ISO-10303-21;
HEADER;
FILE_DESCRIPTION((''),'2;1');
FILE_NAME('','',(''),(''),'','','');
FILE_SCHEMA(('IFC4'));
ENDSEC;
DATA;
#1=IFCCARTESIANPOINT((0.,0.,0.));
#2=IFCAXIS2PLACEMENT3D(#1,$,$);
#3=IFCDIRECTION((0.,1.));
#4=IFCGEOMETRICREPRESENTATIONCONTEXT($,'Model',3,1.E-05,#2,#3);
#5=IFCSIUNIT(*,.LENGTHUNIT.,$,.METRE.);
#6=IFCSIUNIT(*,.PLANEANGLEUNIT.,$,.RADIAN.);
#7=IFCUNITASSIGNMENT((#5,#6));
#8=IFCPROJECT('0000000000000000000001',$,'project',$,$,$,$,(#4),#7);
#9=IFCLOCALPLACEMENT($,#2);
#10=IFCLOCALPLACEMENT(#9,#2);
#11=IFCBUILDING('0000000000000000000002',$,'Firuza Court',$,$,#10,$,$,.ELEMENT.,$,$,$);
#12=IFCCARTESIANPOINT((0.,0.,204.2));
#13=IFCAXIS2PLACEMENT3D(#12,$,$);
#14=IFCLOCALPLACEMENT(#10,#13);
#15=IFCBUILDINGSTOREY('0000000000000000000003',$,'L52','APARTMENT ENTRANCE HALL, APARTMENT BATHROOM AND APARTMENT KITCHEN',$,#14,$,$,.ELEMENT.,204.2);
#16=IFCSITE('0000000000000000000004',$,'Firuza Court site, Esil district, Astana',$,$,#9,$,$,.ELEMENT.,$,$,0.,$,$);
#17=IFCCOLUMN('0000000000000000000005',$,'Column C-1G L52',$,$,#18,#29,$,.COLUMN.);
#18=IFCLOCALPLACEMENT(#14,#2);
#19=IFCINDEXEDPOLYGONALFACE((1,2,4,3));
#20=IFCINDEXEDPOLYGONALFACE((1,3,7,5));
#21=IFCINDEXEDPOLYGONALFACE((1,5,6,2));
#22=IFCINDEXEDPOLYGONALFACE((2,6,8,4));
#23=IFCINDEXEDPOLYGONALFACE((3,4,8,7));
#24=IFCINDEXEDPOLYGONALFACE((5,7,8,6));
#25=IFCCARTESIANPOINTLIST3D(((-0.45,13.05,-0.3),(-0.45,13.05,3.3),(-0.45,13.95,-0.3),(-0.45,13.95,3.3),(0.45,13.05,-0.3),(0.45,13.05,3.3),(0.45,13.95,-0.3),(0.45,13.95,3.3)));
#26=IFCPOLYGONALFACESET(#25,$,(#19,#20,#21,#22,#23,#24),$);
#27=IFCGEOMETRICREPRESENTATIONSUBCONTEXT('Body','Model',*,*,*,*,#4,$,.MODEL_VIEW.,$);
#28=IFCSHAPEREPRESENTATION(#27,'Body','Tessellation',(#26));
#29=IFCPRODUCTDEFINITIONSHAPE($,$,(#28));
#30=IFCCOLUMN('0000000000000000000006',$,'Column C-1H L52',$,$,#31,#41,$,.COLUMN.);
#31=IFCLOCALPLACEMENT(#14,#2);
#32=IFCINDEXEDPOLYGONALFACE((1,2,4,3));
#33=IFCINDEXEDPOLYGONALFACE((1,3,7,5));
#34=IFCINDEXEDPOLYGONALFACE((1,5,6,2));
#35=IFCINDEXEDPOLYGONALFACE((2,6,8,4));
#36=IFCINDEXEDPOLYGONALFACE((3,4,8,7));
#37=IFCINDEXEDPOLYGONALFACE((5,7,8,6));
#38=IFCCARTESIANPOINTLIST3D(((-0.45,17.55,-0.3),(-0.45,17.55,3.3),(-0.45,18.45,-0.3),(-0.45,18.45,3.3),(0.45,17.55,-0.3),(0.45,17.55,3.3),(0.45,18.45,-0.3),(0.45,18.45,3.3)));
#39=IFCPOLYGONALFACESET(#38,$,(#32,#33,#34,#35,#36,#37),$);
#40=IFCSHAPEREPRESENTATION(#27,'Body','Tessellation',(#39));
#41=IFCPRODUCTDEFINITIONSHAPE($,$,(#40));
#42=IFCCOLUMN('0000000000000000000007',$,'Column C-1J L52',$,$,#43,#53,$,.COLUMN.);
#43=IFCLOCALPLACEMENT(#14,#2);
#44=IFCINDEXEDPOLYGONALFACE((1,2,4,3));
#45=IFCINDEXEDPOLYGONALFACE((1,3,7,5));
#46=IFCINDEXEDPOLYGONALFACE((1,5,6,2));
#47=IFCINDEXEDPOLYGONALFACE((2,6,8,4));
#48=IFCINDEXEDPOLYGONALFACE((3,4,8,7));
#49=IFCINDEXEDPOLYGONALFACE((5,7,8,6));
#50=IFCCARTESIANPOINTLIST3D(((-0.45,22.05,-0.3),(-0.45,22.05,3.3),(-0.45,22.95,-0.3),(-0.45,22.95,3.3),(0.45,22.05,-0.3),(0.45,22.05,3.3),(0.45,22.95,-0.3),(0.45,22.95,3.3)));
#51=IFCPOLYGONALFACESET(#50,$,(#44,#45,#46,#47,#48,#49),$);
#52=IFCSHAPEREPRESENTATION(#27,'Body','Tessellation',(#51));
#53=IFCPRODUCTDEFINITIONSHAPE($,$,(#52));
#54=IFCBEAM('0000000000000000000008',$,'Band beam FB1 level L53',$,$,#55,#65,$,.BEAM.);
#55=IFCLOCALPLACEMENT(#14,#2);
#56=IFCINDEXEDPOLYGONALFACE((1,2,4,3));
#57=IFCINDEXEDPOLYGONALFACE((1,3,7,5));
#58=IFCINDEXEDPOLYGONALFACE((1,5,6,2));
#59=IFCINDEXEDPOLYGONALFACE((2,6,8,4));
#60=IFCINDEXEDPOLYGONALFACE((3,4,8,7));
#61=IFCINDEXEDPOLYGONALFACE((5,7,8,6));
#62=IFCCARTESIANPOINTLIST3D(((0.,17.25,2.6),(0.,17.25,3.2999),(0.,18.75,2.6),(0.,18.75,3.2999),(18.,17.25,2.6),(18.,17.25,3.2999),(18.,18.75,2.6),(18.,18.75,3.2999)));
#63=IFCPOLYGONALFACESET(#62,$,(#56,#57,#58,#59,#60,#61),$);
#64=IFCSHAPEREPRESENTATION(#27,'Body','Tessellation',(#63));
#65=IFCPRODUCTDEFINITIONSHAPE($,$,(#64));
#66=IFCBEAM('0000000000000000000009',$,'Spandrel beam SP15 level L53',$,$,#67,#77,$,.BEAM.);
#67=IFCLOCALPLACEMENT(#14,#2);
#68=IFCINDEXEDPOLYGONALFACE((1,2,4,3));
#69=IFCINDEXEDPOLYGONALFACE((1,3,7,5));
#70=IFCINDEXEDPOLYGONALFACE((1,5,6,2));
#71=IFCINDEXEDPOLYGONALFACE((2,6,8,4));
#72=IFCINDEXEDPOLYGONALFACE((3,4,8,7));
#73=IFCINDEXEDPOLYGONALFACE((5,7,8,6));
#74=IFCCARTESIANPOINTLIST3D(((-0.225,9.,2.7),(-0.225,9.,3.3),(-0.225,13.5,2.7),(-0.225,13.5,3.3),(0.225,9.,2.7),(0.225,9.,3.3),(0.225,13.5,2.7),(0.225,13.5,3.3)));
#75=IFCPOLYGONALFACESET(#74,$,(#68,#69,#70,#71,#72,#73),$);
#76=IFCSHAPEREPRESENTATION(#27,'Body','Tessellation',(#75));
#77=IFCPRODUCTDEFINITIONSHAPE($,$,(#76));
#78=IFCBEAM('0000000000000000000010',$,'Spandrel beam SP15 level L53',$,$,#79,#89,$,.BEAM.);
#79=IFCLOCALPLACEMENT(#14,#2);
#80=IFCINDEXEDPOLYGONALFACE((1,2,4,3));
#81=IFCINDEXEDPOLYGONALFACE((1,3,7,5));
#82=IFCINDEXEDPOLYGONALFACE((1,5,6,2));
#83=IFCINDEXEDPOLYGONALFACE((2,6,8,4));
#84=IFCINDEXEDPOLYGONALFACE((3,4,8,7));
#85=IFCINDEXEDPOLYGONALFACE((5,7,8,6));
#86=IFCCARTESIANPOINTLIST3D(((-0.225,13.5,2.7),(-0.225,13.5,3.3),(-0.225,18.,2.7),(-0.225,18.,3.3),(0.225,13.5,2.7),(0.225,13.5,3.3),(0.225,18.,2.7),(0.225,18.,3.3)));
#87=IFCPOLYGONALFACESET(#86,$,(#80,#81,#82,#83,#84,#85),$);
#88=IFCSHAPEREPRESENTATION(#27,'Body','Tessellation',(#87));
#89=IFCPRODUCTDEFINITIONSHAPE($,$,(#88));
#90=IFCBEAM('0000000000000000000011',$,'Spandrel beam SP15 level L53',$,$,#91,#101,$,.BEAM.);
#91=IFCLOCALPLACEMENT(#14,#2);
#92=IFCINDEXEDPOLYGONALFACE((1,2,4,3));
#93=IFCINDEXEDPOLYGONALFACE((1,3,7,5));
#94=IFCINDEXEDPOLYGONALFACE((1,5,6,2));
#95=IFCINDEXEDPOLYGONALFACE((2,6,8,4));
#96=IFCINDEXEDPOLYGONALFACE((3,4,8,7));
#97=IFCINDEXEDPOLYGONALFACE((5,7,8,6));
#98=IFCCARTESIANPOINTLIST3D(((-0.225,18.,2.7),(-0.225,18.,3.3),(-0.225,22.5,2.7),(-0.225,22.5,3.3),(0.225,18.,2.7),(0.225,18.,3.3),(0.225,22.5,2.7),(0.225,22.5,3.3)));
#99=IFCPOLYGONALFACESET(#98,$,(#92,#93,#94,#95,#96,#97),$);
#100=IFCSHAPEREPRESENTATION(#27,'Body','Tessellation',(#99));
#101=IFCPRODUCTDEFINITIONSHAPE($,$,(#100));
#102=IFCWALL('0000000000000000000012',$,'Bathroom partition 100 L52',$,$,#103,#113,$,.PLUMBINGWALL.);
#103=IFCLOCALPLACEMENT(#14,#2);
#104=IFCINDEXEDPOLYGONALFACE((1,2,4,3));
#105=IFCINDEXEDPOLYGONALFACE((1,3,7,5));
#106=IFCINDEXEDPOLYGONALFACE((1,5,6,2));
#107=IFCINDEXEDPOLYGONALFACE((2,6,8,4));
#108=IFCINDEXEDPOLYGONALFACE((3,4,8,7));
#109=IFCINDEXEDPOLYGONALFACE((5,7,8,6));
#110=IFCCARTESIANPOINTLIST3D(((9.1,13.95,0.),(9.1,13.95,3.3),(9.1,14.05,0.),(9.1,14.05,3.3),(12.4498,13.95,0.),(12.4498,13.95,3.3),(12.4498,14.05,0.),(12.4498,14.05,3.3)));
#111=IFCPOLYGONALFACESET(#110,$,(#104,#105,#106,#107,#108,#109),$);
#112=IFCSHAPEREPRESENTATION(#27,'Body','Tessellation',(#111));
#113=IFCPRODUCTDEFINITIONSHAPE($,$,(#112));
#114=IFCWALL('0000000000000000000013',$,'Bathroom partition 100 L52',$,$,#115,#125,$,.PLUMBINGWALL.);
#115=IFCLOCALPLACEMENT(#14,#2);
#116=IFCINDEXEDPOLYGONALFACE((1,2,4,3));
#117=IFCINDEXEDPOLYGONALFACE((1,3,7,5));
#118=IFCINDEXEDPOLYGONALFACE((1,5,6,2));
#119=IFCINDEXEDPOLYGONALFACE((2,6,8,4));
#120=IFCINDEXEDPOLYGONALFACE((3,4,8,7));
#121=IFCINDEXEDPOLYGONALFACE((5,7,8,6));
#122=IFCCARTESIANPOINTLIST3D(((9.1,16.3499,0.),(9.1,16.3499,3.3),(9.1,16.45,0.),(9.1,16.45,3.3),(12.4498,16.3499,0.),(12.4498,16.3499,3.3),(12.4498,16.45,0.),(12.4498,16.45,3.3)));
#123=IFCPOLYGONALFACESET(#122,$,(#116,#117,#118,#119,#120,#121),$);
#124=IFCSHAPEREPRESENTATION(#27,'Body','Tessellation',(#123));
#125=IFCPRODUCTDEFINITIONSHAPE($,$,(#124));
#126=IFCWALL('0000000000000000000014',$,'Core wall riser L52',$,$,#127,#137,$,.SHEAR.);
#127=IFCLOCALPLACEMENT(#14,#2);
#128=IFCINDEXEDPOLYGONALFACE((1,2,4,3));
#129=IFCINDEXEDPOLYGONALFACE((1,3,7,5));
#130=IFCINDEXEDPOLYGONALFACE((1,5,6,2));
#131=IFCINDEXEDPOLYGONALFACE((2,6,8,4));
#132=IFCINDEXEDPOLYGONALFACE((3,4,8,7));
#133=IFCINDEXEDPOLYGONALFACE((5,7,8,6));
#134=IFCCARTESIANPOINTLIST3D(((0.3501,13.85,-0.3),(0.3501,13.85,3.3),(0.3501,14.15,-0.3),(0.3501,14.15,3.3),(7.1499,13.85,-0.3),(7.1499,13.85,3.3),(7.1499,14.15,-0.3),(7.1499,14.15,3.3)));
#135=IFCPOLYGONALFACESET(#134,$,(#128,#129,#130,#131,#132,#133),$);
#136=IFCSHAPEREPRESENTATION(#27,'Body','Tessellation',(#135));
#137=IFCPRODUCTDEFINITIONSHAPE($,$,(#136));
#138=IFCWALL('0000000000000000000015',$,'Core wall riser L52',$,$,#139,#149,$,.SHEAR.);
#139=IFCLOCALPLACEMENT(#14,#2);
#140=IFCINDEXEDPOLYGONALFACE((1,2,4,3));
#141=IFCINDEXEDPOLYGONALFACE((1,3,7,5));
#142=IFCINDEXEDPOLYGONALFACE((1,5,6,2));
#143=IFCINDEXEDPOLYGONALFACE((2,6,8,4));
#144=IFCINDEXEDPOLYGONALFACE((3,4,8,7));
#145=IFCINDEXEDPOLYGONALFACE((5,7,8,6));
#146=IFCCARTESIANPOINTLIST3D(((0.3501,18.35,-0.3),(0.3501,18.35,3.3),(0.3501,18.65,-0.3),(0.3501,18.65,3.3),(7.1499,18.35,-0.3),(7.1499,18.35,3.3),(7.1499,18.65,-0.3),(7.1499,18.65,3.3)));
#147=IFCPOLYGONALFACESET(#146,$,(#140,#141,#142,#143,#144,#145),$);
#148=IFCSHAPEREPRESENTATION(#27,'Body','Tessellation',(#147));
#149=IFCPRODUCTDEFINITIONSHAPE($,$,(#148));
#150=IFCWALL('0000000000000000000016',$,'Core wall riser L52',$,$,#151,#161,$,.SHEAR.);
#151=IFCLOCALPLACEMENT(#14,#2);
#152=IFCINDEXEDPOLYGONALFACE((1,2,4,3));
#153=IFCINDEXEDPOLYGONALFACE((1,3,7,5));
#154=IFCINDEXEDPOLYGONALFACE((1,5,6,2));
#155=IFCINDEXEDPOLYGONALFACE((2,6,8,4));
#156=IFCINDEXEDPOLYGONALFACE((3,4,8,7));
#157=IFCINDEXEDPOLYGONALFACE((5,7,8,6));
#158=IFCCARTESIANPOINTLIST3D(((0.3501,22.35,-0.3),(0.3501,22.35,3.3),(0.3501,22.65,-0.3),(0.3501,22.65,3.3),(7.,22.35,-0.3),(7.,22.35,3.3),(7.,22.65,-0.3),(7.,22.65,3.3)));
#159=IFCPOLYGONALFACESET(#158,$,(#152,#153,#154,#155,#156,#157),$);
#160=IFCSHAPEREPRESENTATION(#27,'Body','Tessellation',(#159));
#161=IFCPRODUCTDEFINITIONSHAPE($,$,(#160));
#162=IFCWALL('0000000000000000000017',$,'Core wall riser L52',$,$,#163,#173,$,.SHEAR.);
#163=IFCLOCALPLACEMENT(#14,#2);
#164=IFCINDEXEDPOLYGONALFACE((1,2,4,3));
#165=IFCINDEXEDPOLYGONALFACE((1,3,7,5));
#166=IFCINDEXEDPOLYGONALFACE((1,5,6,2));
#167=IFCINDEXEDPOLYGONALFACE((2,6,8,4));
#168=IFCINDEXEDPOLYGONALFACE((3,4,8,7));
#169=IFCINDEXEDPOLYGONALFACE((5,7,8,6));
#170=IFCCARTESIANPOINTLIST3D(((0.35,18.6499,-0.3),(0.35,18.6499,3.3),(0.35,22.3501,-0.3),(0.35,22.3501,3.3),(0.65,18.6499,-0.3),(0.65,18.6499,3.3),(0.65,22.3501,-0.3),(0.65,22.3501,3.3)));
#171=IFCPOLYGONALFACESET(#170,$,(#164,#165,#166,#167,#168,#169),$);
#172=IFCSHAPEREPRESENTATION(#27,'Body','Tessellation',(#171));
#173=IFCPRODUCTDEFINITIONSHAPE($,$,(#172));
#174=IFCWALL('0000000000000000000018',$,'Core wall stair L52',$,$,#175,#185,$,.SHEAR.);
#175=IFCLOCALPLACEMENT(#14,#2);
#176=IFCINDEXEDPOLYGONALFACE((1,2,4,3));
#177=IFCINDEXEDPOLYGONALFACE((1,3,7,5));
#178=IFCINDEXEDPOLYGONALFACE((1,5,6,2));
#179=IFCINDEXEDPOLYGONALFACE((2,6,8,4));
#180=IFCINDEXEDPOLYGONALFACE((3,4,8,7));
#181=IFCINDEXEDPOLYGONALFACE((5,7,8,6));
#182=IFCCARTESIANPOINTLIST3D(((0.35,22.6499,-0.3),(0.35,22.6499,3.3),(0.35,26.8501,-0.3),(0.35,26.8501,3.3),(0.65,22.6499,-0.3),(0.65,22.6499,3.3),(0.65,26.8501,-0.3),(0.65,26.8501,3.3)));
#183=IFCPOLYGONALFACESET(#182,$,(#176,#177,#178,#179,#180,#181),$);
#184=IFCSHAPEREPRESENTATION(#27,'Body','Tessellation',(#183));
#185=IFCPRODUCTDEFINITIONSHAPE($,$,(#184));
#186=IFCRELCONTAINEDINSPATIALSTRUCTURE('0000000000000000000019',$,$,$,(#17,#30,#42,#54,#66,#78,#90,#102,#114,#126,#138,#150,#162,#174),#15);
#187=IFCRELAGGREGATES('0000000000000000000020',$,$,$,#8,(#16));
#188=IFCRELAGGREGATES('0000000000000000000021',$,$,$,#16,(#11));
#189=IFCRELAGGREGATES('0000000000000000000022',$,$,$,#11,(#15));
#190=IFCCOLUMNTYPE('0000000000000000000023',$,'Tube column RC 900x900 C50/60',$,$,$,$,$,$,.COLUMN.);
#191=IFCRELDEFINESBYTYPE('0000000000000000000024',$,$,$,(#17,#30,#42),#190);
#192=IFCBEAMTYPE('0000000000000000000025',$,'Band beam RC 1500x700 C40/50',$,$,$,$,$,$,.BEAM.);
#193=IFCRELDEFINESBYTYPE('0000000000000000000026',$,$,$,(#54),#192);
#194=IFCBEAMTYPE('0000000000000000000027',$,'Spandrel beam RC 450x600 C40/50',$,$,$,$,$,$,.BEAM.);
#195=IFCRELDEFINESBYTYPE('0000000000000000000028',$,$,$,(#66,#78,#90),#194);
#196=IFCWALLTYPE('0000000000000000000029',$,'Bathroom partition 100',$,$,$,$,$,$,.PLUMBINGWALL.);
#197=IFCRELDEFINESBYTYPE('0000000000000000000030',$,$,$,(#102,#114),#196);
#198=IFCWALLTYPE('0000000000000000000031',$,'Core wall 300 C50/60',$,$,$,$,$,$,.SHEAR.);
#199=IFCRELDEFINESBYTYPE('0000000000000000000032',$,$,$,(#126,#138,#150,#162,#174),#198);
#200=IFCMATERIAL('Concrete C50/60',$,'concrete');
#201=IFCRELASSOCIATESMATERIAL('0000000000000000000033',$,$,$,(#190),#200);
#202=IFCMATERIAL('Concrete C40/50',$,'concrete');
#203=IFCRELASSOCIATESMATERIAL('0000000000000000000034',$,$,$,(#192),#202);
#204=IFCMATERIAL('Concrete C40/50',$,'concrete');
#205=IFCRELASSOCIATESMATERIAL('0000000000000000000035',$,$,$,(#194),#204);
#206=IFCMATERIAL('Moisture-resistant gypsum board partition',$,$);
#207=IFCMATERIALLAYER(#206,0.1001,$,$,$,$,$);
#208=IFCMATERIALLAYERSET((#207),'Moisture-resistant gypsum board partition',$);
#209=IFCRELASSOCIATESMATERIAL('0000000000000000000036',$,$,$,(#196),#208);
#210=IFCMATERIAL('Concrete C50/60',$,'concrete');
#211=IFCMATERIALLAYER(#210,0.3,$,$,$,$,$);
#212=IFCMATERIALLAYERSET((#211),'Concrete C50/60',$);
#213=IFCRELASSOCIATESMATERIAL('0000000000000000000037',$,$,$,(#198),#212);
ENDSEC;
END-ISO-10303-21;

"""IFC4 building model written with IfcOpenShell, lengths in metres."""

from ifc_helpers import new_model, si_unit, direction, frame, frame_2d, origin, origin_2d, place, context, subcontext, project, spatial, rectangle, extrude, material, layer, layer_set, material_profile, profile_set, type_object, element, save


model = new_model("IFC4")

# Units and contexts
model_context = context("Model", 3, precision=1e-05, world=origin(), true_north=direction((0.0, 1.0)))
body_context = subcontext(model_context, "Body", "Model", "MODEL_VIEW")
ifc_project = project(units=[si_unit("LENGTHUNIT", "METRE"), si_unit("PLANEANGLEUNIT", "RADIAN")], contexts=[model_context])

# Site, building, storey
site_placement = place(None, origin())
site = spatial("IfcSite", under=ifc_project, at=site_placement, Name="Firuza Court site, Esil district, Astana", CompositionType="ELEMENT", RefElevation=0.0)
building_placement = place(site_placement, origin())
building = spatial("IfcBuilding", under=site, at=building_placement, Name="Firuza Court", CompositionType="ELEMENT")
storey_placement = place(building_placement, frame((0.0, 0.0, 204.2)))
storey = spatial("IfcBuildingStorey", under=building, at=storey_placement, Name="L52", Description="APARTMENT ENTRANCE HALL, APARTMENT BATHROOM AND APARTMENT KITCHEN", CompositionType="ELEMENT", Elevation=204.2)

# Columns
ifc_material_1 = material(Name="Concrete C50/60", Category="concrete")
ifc_material_profile_1 = material_profile(ifc_material_1, rectangle(XDim=0.8999, YDim=0.8999, at=origin_2d()), Name="RC 900x900")
ifc_profile_set_1 = profile_set([ifc_material_profile_1], Name="Concrete C50/60")
column_type = type_object("IfcColumnType", Name="Tube column RC 900x900 C50/60", PredefinedType="COLUMN", material=ifc_profile_set_1)
for number, where, z_axis, x_axis, name in (
    (1, (0.0, 13.5, -0.3), (0.0, 0.0, 1.0), (1.0, 0.0, 0.0), "Column C-1G L52"),
    (2, (0.0, 18.0, -0.3), (0.0, 0.0, 1.0), (1.0, 0.0, 0.0), "Column C-1H L52"),
    (3, (0.0, 22.5, -0.3), (0.0, 0.0, 1.0), (1.0, 0.0, 0.0), "Column C-1J L52"),
):
    element("IfcColumn", number, at=place(storey_placement, frame(where, z_axis=z_axis, x_axis=x_axis)), inside=storey, type_object=column_type, Name=name, PredefinedType="COLUMN", context=body_context, shape_type="SweptSolid", body=[
        extrude(rectangle(XDim=0.8999, YDim=0.8999, at=origin_2d()), origin(), (0.0, 0.0, 1.0), 3.6001),
    ])

# Beams
ifc_material_2 = material(Name="Concrete C40/50", Category="concrete")
ifc_material_profile_2 = material_profile(ifc_material_2, rectangle(XDim=1.5, YDim=0.7, at=origin_2d()), Name="RC 1500x700")
ifc_profile_set_2 = profile_set([ifc_material_profile_2], Name="Concrete C40/50")
beam_type_1 = type_object("IfcBeamType", Name="Band beam RC 1500x700 C40/50", PredefinedType="BEAM", material=ifc_profile_set_2)
beam_placement = place(storey_placement, frame((0.0, 18.0, 2.95), z_axis=(1.0, 0.0, 0.0), x_axis=(0.0, 1.0, 0.0)))
element("IfcBeam", 4, at=beam_placement, inside=storey, type_object=beam_type_1, Name="Band beam FB1 level L53", PredefinedType="BEAM", context=body_context, shape_type="SweptSolid", body=[
    extrude(rectangle(XDim=1.5, YDim=0.7, at=origin_2d()), origin(), (0.0, 0.0, 1.0), 18.0),
])
ifc_material_3 = material(Name="Concrete C40/50", Category="concrete")
ifc_material_profile_3 = material_profile(ifc_material_3, rectangle(XDim=0.45, YDim=0.6001, at=origin_2d()), Name="RC 450x600")
ifc_profile_set_3 = profile_set([ifc_material_profile_3], Name="Concrete C40/50")
beam_type_2 = type_object("IfcBeamType", Name="Spandrel beam RC 450x600 C40/50", PredefinedType="BEAM", material=ifc_profile_set_3)
for number, where, z_axis, x_axis, name in (
    (5, (0.0, 13.5, 3.0), (0.0, -1.0, 0.0), (1.0, 0.0, 0.0), "Spandrel beam SP15 level L53"),
    (6, (0.0, 18.0, 3.0), (0.0, -1.0, 0.0), (1.0, 0.0, 0.0), "Spandrel beam SP15 level L53"),
    (7, (0.0, 22.5, 3.0), (0.0, -1.0, 0.0), (1.0, 0.0, 0.0), "Spandrel beam SP15 level L53"),
):
    element("IfcBeam", number, at=place(storey_placement, frame(where, z_axis=z_axis, x_axis=x_axis)), inside=storey, type_object=beam_type_2, Name=name, PredefinedType="BEAM", context=body_context, shape_type="SweptSolid", body=[
        extrude(rectangle(XDim=0.45, YDim=0.6001, at=origin_2d()), origin(), (0.0, 0.0, 1.0), 4.5),
    ])

# Walls
ifc_material_4 = material(Name="Moisture-resistant gypsum board partition")
ifc_layer_1 = layer(ifc_material_4, 0.1001)
ifc_layer_set_1 = layer_set([ifc_layer_1], Name="Moisture-resistant gypsum board partition")
wall_type_1 = type_object("IfcWallType", Name="Bathroom partition 100", PredefinedType="PLUMBINGWALL", material=ifc_layer_set_1)
for number, where, z_axis, x_axis, name in (
    (8, (9.1001, 14.0, 0.0), (0.0, 0.0, 1.0), (1.0, 0.0, 0.0), "Bathroom partition 100 L52"),
    (9, (9.1001, 16.3999, 0.0), (0.0, 0.0, 1.0), (1.0, 0.0, 0.0), "Bathroom partition 100 L52"),
):
    element("IfcWall", number, at=place(storey_placement, frame(where, z_axis=z_axis, x_axis=x_axis)), inside=storey, type_object=wall_type_1, Name=name, PredefinedType="PLUMBINGWALL", context=body_context, shape_type="SweptSolid", body=[
        extrude(rectangle(XDim=3.3499, YDim=0.1001, at=frame_2d((1.6748, 0.0))), origin(), (0.0, 0.0, 1.0), 3.3),
    ])
ifc_material_5 = material(Name="Concrete C50/60", Category="concrete")
ifc_layer_2 = layer(ifc_material_5, 0.3)
ifc_layer_set_2 = layer_set([ifc_layer_2], Name="Concrete C50/60")
wall_type_2 = type_object("IfcWallType", Name="Core wall 300 C50/60", PredefinedType="SHEAR", material=ifc_layer_set_2)
for number, where, z_axis, x_axis, name in (
    (10, (0.3501, 14.0, -0.3), (0.0, 0.0, 1.0), (1.0, 0.0, 0.0), "Core wall riser L52"),
    (11, (0.3501, 18.5, -0.3), (0.0, 0.0, 1.0), (1.0, 0.0, 0.0), "Core wall riser L52"),
):
    element("IfcWall", number, at=place(storey_placement, frame(where, z_axis=z_axis, x_axis=x_axis)), inside=storey, type_object=wall_type_2, Name=name, PredefinedType="SHEAR", context=body_context, shape_type="SweptSolid", body=[
        extrude(rectangle(XDim=6.7998, YDim=0.3, at=frame_2d((3.3999, 0.0))), origin(), (0.0, 0.0, 1.0), 3.6001),
    ])
wall_1_placement = place(storey_placement, frame((0.3501, 22.5, -0.3), z_axis=(0.0, 0.0, 1.0), x_axis=(1.0, 0.0, 0.0)))
element("IfcWall", 12, at=wall_1_placement, inside=storey, type_object=wall_type_2, Name="Core wall riser L52", PredefinedType="SHEAR", context=body_context, shape_type="SweptSolid", body=[
    extrude(rectangle(XDim=6.6499, YDim=0.3, at=frame_2d((3.325, 0.0))), origin(), (0.0, 0.0, 1.0), 3.6001),
])
wall_2_placement = place(storey_placement, frame((0.5, 18.6499, -0.3), z_axis=(0.0, 0.0, 1.0), x_axis=(0.0, 1.0, 0.0)))
element("IfcWall", 13, at=wall_2_placement, inside=storey, type_object=wall_type_2, Name="Core wall riser L52", PredefinedType="SHEAR", context=body_context, shape_type="SweptSolid", body=[
    extrude(rectangle(XDim=3.7002, YDim=0.3, at=frame_2d((1.8501, 0.0))), origin(), (0.0, 0.0, 1.0), 3.6001),
])
wall_3_placement = place(storey_placement, frame((0.5, 22.6499, -0.3), z_axis=(0.0, 0.0, 1.0), x_axis=(0.0, 1.0, 0.0)))
element("IfcWall", 14, at=wall_3_placement, inside=storey, type_object=wall_type_2, Name="Core wall stair L52", PredefinedType="SHEAR", context=body_context, shape_type="SweptSolid", body=[
    extrude(rectangle(XDim=4.2002, YDim=0.3, at=frame_2d((2.1001, 0.0))), origin(), (0.0, 0.0, 1.0), 3.6001),
])

save(model, "model.ifc")
